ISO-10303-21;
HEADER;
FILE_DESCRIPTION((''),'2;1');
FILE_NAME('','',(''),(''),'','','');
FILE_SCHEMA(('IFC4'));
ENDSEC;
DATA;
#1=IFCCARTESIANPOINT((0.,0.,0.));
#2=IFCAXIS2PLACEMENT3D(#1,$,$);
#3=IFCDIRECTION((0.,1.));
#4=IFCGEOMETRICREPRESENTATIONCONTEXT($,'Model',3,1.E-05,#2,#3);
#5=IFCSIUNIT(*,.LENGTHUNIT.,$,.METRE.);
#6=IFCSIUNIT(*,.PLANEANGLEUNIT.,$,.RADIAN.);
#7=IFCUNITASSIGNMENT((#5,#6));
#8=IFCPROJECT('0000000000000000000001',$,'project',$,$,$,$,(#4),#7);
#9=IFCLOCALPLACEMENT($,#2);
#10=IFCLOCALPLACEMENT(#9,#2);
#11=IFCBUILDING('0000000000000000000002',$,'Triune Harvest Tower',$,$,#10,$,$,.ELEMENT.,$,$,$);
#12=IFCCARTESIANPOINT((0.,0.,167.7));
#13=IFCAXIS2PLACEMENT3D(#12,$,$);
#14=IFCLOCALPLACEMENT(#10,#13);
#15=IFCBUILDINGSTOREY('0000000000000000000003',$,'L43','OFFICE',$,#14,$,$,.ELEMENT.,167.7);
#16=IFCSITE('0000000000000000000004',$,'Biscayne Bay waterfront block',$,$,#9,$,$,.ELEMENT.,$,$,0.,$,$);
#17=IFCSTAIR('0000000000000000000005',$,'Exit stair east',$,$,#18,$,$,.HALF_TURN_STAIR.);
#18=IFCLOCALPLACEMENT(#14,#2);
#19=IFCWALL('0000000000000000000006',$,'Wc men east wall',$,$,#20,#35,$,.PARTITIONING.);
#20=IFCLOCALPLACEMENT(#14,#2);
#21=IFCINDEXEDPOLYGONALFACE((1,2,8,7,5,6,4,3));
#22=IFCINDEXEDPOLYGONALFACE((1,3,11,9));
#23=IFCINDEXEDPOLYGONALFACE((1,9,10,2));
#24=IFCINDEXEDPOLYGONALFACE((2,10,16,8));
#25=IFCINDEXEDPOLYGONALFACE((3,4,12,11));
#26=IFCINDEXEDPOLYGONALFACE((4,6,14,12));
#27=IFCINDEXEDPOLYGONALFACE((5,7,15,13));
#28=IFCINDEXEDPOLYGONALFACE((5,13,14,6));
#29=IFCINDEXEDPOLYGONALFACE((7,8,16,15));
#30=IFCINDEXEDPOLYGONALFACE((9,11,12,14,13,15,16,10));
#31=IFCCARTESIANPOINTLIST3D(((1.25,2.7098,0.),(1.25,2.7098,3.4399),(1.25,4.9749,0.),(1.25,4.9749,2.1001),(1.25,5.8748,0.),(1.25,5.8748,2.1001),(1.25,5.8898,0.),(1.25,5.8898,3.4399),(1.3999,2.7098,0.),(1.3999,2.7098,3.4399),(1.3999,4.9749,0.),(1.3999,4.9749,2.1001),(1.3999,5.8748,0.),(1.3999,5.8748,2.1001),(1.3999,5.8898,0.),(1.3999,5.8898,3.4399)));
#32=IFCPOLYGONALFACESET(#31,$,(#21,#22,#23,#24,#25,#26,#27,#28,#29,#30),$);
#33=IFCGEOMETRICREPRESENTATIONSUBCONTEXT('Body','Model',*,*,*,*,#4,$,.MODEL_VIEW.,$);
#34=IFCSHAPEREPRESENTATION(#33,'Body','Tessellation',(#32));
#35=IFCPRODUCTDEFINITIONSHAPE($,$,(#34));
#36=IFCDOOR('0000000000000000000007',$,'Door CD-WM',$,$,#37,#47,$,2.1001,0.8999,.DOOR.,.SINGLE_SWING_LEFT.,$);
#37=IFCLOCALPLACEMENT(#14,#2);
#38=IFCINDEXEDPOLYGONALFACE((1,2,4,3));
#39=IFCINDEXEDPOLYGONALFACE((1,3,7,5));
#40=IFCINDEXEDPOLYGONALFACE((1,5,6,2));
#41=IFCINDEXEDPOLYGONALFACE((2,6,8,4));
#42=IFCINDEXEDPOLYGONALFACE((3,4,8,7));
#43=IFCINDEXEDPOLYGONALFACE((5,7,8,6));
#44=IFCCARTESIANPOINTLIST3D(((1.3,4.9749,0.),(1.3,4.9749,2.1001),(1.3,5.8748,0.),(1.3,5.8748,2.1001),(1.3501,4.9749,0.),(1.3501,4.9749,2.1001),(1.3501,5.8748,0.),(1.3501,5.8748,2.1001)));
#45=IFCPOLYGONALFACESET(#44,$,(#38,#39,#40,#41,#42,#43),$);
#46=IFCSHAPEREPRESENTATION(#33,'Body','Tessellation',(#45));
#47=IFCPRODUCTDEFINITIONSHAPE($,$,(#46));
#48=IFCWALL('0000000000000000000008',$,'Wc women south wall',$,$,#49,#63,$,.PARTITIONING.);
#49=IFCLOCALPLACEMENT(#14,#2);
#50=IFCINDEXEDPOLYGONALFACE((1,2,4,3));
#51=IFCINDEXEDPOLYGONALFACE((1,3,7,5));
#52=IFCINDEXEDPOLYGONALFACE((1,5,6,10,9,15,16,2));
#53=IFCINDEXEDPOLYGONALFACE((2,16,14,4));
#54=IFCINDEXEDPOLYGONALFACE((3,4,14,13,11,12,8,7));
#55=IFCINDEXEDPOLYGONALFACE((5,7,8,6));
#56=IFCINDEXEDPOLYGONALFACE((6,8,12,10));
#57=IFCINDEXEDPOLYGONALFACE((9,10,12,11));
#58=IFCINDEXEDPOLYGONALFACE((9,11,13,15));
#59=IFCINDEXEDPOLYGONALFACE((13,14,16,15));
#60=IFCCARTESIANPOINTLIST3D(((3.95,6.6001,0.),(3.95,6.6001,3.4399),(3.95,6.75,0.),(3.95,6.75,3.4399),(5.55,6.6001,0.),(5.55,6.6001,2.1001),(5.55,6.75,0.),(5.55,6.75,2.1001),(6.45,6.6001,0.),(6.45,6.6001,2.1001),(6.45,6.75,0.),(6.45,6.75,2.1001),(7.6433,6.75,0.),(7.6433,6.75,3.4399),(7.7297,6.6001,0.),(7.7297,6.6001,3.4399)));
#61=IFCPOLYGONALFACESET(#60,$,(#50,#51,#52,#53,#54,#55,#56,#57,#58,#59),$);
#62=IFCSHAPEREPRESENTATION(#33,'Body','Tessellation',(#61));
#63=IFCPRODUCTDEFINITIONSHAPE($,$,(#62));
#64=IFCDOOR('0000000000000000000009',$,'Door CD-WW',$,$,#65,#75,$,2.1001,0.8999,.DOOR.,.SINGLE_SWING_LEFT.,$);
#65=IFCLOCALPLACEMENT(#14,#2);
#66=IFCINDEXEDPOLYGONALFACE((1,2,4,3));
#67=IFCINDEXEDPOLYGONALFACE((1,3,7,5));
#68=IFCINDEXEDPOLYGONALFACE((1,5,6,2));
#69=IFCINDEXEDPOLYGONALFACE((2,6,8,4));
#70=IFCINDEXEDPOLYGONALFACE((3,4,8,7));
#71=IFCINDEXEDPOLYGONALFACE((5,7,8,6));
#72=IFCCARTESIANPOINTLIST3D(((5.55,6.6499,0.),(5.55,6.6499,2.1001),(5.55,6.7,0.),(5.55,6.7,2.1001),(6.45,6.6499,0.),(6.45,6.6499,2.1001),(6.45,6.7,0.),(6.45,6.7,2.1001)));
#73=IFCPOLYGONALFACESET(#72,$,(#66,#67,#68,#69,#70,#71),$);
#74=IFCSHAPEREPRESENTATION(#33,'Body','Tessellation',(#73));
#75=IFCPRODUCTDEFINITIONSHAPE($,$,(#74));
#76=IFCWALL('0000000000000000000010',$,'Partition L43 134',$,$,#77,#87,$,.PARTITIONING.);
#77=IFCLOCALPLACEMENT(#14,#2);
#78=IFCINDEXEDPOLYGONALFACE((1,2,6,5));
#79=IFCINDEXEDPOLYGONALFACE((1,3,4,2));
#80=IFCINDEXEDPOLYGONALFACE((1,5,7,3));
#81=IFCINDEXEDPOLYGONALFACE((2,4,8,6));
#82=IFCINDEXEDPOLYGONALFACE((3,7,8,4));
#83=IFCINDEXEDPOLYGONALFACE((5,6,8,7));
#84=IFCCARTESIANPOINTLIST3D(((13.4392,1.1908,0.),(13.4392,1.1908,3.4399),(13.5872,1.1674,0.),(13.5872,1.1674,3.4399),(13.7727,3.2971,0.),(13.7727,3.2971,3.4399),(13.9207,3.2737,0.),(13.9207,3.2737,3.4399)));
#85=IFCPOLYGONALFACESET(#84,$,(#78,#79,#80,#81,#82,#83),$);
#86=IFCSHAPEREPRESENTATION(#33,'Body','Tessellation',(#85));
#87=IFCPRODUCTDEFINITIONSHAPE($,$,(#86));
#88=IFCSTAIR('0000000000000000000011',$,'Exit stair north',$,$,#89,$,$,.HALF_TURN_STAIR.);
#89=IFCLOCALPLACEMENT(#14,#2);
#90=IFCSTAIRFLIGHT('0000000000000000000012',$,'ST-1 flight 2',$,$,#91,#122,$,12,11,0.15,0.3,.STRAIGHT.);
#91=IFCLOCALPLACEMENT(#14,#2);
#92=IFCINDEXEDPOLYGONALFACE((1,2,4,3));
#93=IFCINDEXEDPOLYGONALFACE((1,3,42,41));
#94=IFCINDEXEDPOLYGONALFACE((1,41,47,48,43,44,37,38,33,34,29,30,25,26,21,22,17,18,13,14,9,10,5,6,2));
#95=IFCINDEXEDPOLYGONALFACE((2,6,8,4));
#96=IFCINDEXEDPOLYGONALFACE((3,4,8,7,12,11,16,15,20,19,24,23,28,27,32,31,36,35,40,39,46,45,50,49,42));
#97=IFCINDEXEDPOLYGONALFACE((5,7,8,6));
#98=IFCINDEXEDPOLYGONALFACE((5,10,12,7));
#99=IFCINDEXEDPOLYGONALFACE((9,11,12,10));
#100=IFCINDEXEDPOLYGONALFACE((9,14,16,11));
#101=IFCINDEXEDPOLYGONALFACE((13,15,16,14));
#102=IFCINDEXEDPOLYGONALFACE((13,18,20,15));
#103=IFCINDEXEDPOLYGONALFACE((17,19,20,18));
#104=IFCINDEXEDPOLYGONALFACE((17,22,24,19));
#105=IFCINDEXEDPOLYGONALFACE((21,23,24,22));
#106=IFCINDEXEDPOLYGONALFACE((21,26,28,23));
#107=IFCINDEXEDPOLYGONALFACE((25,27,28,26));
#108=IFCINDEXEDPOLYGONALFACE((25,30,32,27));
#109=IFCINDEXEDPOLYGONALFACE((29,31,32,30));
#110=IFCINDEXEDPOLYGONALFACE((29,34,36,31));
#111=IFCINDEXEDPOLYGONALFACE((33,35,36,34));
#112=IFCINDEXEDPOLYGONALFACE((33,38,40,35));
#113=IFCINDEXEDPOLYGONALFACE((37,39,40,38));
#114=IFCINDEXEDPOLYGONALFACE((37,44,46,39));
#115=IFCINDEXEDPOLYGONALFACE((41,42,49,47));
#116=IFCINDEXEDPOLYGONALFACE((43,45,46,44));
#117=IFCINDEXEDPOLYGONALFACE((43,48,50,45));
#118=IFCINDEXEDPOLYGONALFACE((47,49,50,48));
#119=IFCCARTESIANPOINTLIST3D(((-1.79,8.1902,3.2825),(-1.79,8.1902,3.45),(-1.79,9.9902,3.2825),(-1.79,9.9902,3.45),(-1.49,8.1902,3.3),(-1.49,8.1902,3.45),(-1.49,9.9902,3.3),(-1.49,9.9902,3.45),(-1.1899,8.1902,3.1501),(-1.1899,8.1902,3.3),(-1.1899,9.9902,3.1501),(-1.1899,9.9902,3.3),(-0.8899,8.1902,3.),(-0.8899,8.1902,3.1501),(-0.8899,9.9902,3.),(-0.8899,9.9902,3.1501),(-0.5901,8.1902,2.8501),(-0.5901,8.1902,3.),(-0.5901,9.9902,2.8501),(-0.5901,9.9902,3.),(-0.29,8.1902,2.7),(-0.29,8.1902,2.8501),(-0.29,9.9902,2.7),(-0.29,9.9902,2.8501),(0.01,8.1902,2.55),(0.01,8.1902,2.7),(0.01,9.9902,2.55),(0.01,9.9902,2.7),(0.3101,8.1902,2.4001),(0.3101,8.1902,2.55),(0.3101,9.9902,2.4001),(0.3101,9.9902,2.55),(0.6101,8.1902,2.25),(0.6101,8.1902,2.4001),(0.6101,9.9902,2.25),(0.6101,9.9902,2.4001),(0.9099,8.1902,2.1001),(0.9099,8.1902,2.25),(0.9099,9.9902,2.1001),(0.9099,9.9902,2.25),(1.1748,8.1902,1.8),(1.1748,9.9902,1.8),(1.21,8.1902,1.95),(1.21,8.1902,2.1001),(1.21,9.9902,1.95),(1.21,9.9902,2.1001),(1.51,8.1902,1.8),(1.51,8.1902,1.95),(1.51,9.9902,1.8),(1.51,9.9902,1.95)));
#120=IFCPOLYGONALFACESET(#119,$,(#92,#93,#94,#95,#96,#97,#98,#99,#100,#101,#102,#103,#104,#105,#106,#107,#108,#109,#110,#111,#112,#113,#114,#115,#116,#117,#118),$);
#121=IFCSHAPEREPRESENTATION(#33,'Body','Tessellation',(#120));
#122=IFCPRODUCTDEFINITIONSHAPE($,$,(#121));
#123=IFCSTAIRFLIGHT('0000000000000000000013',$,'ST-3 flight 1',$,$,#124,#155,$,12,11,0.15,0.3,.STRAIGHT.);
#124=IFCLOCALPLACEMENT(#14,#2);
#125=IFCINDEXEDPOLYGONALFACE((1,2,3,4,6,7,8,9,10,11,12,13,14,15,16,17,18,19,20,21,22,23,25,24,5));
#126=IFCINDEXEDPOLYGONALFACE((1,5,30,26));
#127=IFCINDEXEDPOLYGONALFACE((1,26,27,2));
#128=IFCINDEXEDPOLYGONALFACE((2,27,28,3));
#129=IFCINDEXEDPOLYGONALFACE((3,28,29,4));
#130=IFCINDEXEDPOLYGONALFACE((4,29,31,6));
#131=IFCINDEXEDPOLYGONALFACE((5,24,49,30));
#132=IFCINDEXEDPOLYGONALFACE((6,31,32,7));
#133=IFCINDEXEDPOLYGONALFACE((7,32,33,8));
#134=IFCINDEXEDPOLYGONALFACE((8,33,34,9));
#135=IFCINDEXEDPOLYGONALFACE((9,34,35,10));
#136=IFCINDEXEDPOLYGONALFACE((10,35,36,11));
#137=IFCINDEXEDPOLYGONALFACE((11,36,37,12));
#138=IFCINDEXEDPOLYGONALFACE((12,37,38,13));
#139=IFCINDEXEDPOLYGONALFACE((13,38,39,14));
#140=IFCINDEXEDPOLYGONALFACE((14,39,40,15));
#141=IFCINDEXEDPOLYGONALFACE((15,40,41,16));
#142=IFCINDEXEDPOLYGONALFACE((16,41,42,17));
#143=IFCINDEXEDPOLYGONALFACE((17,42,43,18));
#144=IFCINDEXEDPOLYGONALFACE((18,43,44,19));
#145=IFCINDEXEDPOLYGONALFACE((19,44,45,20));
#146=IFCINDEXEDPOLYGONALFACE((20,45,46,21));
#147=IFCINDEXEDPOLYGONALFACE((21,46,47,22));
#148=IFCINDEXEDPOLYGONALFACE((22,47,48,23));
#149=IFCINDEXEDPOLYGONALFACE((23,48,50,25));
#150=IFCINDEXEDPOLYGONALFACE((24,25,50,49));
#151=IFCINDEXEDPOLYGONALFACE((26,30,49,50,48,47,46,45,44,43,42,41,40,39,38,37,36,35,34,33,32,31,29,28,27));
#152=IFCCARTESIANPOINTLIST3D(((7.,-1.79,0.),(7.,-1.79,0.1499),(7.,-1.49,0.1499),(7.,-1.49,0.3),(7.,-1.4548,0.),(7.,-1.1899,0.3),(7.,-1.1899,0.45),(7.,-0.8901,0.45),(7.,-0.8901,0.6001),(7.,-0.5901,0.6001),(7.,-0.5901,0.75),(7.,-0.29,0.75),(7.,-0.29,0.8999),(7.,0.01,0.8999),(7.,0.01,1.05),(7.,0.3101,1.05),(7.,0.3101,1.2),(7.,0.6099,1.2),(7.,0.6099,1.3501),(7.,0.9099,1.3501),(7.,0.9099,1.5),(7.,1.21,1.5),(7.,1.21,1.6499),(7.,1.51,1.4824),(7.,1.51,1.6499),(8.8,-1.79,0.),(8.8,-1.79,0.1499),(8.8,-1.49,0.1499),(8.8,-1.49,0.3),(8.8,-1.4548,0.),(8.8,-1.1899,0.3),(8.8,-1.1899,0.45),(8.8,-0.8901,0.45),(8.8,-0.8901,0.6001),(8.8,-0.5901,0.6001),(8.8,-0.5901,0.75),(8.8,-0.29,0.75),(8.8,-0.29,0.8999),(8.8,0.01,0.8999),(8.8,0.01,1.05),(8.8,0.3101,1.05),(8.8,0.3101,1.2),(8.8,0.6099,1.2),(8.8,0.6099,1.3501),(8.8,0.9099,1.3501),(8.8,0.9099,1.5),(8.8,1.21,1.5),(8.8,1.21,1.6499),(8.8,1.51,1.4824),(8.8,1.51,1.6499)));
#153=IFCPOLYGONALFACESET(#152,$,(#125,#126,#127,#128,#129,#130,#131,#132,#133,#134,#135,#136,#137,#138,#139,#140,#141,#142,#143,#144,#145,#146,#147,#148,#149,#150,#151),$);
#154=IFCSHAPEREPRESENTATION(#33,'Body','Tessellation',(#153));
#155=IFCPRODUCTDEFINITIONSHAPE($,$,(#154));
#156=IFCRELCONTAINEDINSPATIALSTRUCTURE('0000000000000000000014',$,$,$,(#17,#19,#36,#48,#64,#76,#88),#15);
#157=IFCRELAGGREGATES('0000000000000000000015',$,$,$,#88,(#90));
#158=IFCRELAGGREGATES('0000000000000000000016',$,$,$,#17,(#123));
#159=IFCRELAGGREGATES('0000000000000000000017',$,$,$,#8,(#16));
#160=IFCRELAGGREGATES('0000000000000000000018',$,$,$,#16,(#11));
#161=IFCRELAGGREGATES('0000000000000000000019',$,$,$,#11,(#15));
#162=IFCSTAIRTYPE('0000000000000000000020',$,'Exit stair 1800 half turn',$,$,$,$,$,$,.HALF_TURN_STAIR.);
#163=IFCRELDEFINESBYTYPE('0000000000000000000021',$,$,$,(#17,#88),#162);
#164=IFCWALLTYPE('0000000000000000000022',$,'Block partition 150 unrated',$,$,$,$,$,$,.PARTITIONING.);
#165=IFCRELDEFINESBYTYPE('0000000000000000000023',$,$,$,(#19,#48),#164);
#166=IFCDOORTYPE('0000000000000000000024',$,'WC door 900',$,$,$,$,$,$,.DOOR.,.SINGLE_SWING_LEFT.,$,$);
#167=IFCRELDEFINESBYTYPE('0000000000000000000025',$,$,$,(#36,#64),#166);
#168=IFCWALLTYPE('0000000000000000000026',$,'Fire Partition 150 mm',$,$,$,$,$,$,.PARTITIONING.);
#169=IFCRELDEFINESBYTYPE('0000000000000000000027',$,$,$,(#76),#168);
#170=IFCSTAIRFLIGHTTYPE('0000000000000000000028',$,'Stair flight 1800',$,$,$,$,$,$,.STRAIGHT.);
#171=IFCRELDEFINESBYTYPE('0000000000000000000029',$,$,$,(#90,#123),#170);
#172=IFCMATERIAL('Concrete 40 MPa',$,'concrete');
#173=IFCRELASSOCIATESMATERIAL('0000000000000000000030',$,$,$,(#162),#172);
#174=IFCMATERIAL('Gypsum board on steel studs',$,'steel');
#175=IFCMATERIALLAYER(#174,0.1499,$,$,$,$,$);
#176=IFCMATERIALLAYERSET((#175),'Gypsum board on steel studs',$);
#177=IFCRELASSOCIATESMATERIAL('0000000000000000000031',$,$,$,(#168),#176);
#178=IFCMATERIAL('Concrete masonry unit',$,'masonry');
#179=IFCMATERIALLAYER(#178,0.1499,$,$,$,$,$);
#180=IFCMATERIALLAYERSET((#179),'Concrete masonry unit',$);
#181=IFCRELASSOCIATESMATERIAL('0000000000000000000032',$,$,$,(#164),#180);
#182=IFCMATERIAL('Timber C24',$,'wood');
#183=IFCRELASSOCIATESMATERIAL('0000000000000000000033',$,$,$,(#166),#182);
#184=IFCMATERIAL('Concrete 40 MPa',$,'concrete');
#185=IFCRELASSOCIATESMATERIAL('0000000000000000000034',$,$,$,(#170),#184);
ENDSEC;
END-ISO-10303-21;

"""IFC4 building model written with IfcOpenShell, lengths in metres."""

from ifc_helpers import new_model, si_unit, direction, frame, frame_2d, origin, place, context, subcontext, project, spatial, polyline, rectangle, outline, extrude, source, transform, mapped, material, layer, layer_set, type_object, element, fill, aggregate, save


model = new_model("IFC4")

# Units and contexts
model_context = context("Model", 3, precision=1e-05, world=origin(), true_north=direction((0.0, 1.0)))
body_context = subcontext(model_context, "Body", "Model", "MODEL_VIEW")
ifc_project = project(units=[si_unit("LENGTHUNIT", "METRE"), si_unit("PLANEANGLEUNIT", "RADIAN")], contexts=[model_context])

# Site, building, storey
site_placement = place(None, origin())
site = spatial("IfcSite", under=ifc_project, at=site_placement, Name="Biscayne Bay waterfront block", CompositionType="ELEMENT", RefElevation=0.0)
building_placement = place(site_placement, origin())
building = spatial("IfcBuilding", under=site, at=building_placement, Name="Triune Harvest Tower", CompositionType="ELEMENT")
storey_placement = place(building_placement, frame((0.0, 0.0, 167.7)))
storey = spatial("IfcBuildingStorey", under=building, at=storey_placement, Name="L43", Description="OFFICE", CompositionType="ELEMENT", Elevation=167.7)

# Stair
ifc_material_1 = material(Name="Concrete 40 MPa", Category="concrete")
stair_type = type_object("IfcStairType", Name="Exit stair 1800 half turn", PredefinedType="HALF_TURN_STAIR", material=ifc_material_1)
stair_1_placement = place(storey_placement, origin())
stair_1 = element("IfcStair", 1, at=stair_1_placement, inside=storey, type_object=stair_type, Name="Exit stair east", PredefinedType="HALF_TURN_STAIR")

# Shared definitions
ifc_material_2 = material(Name="Gypsum board on steel studs", Category="steel")
ifc_layer_1 = layer(ifc_material_2, 0.1499)
ifc_layer_set_1 = layer_set([ifc_layer_1], Name="Gypsum board on steel studs")
wall_type_1 = type_object("IfcWallType", Name="Fire Partition 150 mm", PredefinedType="PARTITIONING", material=ifc_layer_set_1)

# Walls, openings, doors
ifc_material_3 = material(Name="Concrete masonry unit", Category="masonry")
ifc_layer_2 = layer(ifc_material_3, 0.1499)
ifc_layer_set_2 = layer_set([ifc_layer_2], Name="Concrete masonry unit")
wall_type_2 = type_object("IfcWallType", Name="Block partition 150 unrated", PredefinedType="PARTITIONING", material=ifc_layer_set_2)
shared_shape_1 = source(origin(), body_context, "Body", "SweptSolid", [
    extrude(rectangle(XDim=3.1799, YDim=0.1499, at=frame_2d((1.5898, 0.0))), origin(), (0.0, 0.0, 1.0), 3.4399),
])
wall_1_placement = place(storey_placement, frame((1.325, 2.71, 0.0), z_axis=(0.0, 0.0, 1.0), x_axis=(0.0, 1.0, 0.0)))
wall_1 = element("IfcWall", 2, at=wall_1_placement, inside=storey, type_object=wall_type_2, Name="Wc men east wall", PredefinedType="PARTITIONING", context=body_context, shape_type="MappedRepresentation", body=[
    mapped(shared_shape_1, transform((0.0, 0.0, 0.0), scale=1.0)),
])
opening_1_placement = place(wall_1_placement, frame((2.2649, 0.0, 0.0)))
opening_1 = element("IfcOpeningElement", 3, at=opening_1_placement, cuts=wall_1, PredefinedType="OPENING", context=body_context, shape_type="SweptSolid", body=[
    extrude(rectangle(XDim=0.8999, YDim=2.1001, at=frame_2d((0.45, 1.05))), frame((0.0, 0.085, 0.0), z_axis=(0.0, -1.0, 0.0), x_axis=(1.0, 0.0, 0.0)), (0.0, 0.0, 1.0), 0.1699),
])
ifc_material_4 = material(Name="Timber C24", Category="wood")
door_type_1 = type_object("IfcDoorType", Name="WC door 900", OperationType="SINGLE_SWING_LEFT", PredefinedType="DOOR", material=ifc_material_4)
door_1_placement = place(opening_1_placement, origin())
door_1 = element("IfcDoor", 4, at=door_1_placement, inside=storey, type_object=door_type_1, Name="Door CD-WM", OperationType="SINGLE_SWING_LEFT", OverallHeight=2.1001, OverallWidth=0.8999, PredefinedType="DOOR", context=body_context, shape_type="SweptSolid", body=[
    extrude(rectangle(XDim=0.8999, YDim=2.1001, at=frame_2d((0.45, 1.05))), frame((0.0, 0.0249, 0.0), z_axis=(0.0, -1.0, 0.0), x_axis=(1.0, 0.0, 0.0)), (0.0, 0.0, 1.0), 0.05),
])
fill(opening_1, door_1)
shared_shape_2 = source(origin(), body_context, "Body", "SweptSolid", [
    extrude(outline(polyline([(0.0, -0.075), (0.0, 0.075), (3.6934, 0.075), (3.7798, -0.075), (0.0, -0.075)])), origin(), (0.0, 0.0, 1.0), 3.4399),
])
wall_2_placement = place(storey_placement, frame((3.95, 6.675, 0.0), z_axis=(0.0, 0.0, 1.0), x_axis=(1.0, 0.0, 0.0)))
wall_2 = element("IfcWall", 5, at=wall_2_placement, inside=storey, type_object=wall_type_2, Name="Wc women south wall", PredefinedType="PARTITIONING", context=body_context, shape_type="MappedRepresentation", body=[
    mapped(shared_shape_2, transform((0.0, 0.0, 0.0), scale=1.0)),
])
opening_2_placement = place(wall_2_placement, frame((1.6001, 0.0, 0.0)))
opening_2 = element("IfcOpeningElement", 6, at=opening_2_placement, cuts=wall_2, PredefinedType="OPENING", context=body_context, shape_type="SweptSolid", body=[
    extrude(rectangle(XDim=0.8999, YDim=2.1001, at=frame_2d((0.45, 1.05))), frame((0.0, 0.085, 0.0), z_axis=(0.0, -1.0, 0.0), x_axis=(1.0, 0.0, 0.0)), (0.0, 0.0, 1.0), 0.1699),
])
door_2_placement = place(opening_2_placement, origin())
door_2 = element("IfcDoor", 7, at=door_2_placement, inside=storey, type_object=door_type_1, Name="Door CD-WW", OperationType="SINGLE_SWING_LEFT", OverallHeight=2.1001, OverallWidth=0.8999, PredefinedType="DOOR", context=body_context, shape_type="SweptSolid", body=[
    extrude(rectangle(XDim=0.8999, YDim=2.1001, at=frame_2d((0.45, 1.05))), frame((0.0, 0.0249, 0.0), z_axis=(0.0, -1.0, 0.0), x_axis=(1.0, 0.0, 0.0)), (0.0, 0.0, 1.0), 0.05),
])
fill(opening_2, door_2)

# Wall
shared_shape_3 = source(origin(), body_context, "Body", "SweptSolid", [
    extrude(rectangle(XDim=2.1326, YDim=0.1499, at=frame_2d((1.0664, 0.0))), origin(), (0.0, 0.0, 1.0), 3.4399),
])
wall_3_placement = place(storey_placement, frame((13.5132, 1.179, 0.0), z_axis=(0.0, 0.0, 1.0), x_axis=(0.156374, 0.987698, 0.0)))
element("IfcWall", 8, at=wall_3_placement, inside=storey, type_object=wall_type_1, Name="Partition L43 134", PredefinedType="PARTITIONING", context=body_context, shape_type="MappedRepresentation", body=[
    mapped(shared_shape_3, transform((0.0, 0.0, 0.0), scale=1.0)),
])

# Stair, stair flight
stair_2_placement = place(storey_placement, origin())
stair_2 = element("IfcStair", 9, at=stair_2_placement, inside=storey, type_object=stair_type, Name="Exit stair north", PredefinedType="HALF_TURN_STAIR")
ifc_material_5 = material(Name="Concrete 40 MPa", Category="concrete")
stair_flight_type = type_object("IfcStairFlightType", Name="Stair flight 1800", PredefinedType="STRAIGHT", material=ifc_material_5)
shared_shape_4 = source(origin(), body_context, "Body", "SweptSolid", [
    extrude(outline(polyline([(0.0, 0.0), (0.0, 0.1499), (0.3, 0.1499), (0.3, 0.3), (0.6001, 0.3), (0.6001, 0.45), (0.8999, 0.45), (0.8999, 0.6001), (1.2, 0.6001), (1.2, 0.75), (1.5, 0.75), (1.5, 0.8999), (1.8, 0.8999), (1.8, 1.05), (2.1001, 1.05), (2.1001, 1.2), (2.3999, 1.2), (2.3999, 1.3501), (2.7, 1.3501), (2.7, 1.5), (3.0, 1.5), (3.0, 1.6499), (3.3, 1.6499), (3.3, 1.8), (3.3, 1.4824), (0.3352, 0.0), (0.0, 0.0)])), frame((0.0, 0.8999, 0.0), z_axis=(0.0, -1.0, 0.0), x_axis=(1.0, 0.0, 0.0)), (0.0, 0.0, 1.0), 1.8),
])
stair_flight_1_placement = place(storey_placement, frame((1.51, 9.0901, 1.8), z_axis=(0.0, 0.0, 1.0), x_axis=(-1.0, 0.0, 0.0)))
stair_flight_1 = element("IfcStairFlight", 10, at=stair_flight_1_placement, type_object=stair_flight_type, Name="ST-1 flight 2", NumberOfRisers=12, NumberOfTreads=11, PredefinedType="STRAIGHT", RiserHeight=0.15, TreadLength=0.3, context=body_context, shape_type="MappedRepresentation", body=[
    mapped(shared_shape_4, transform((0.0, 0.0, 0.0), scale=1.0)),
])
aggregate(stair_2, [stair_flight_1])

# Stair flight
stair_flight_2_placement = place(storey_placement, frame((7.8999, -1.79, 0.0), z_axis=(0.0, 0.0, 1.0), x_axis=(0.0, 1.0, 0.0)))
stair_flight_2 = element("IfcStairFlight", 11, at=stair_flight_2_placement, type_object=stair_flight_type, Name="ST-3 flight 1", NumberOfRisers=12, NumberOfTreads=11, PredefinedType="STRAIGHT", RiserHeight=0.15, TreadLength=0.3, context=body_context, shape_type="MappedRepresentation", body=[
    mapped(shared_shape_4, transform((0.0, 0.0, 0.0), scale=1.0)),
])
aggregate(stair_1, [stair_flight_2])

save(model, "model.ifc")
